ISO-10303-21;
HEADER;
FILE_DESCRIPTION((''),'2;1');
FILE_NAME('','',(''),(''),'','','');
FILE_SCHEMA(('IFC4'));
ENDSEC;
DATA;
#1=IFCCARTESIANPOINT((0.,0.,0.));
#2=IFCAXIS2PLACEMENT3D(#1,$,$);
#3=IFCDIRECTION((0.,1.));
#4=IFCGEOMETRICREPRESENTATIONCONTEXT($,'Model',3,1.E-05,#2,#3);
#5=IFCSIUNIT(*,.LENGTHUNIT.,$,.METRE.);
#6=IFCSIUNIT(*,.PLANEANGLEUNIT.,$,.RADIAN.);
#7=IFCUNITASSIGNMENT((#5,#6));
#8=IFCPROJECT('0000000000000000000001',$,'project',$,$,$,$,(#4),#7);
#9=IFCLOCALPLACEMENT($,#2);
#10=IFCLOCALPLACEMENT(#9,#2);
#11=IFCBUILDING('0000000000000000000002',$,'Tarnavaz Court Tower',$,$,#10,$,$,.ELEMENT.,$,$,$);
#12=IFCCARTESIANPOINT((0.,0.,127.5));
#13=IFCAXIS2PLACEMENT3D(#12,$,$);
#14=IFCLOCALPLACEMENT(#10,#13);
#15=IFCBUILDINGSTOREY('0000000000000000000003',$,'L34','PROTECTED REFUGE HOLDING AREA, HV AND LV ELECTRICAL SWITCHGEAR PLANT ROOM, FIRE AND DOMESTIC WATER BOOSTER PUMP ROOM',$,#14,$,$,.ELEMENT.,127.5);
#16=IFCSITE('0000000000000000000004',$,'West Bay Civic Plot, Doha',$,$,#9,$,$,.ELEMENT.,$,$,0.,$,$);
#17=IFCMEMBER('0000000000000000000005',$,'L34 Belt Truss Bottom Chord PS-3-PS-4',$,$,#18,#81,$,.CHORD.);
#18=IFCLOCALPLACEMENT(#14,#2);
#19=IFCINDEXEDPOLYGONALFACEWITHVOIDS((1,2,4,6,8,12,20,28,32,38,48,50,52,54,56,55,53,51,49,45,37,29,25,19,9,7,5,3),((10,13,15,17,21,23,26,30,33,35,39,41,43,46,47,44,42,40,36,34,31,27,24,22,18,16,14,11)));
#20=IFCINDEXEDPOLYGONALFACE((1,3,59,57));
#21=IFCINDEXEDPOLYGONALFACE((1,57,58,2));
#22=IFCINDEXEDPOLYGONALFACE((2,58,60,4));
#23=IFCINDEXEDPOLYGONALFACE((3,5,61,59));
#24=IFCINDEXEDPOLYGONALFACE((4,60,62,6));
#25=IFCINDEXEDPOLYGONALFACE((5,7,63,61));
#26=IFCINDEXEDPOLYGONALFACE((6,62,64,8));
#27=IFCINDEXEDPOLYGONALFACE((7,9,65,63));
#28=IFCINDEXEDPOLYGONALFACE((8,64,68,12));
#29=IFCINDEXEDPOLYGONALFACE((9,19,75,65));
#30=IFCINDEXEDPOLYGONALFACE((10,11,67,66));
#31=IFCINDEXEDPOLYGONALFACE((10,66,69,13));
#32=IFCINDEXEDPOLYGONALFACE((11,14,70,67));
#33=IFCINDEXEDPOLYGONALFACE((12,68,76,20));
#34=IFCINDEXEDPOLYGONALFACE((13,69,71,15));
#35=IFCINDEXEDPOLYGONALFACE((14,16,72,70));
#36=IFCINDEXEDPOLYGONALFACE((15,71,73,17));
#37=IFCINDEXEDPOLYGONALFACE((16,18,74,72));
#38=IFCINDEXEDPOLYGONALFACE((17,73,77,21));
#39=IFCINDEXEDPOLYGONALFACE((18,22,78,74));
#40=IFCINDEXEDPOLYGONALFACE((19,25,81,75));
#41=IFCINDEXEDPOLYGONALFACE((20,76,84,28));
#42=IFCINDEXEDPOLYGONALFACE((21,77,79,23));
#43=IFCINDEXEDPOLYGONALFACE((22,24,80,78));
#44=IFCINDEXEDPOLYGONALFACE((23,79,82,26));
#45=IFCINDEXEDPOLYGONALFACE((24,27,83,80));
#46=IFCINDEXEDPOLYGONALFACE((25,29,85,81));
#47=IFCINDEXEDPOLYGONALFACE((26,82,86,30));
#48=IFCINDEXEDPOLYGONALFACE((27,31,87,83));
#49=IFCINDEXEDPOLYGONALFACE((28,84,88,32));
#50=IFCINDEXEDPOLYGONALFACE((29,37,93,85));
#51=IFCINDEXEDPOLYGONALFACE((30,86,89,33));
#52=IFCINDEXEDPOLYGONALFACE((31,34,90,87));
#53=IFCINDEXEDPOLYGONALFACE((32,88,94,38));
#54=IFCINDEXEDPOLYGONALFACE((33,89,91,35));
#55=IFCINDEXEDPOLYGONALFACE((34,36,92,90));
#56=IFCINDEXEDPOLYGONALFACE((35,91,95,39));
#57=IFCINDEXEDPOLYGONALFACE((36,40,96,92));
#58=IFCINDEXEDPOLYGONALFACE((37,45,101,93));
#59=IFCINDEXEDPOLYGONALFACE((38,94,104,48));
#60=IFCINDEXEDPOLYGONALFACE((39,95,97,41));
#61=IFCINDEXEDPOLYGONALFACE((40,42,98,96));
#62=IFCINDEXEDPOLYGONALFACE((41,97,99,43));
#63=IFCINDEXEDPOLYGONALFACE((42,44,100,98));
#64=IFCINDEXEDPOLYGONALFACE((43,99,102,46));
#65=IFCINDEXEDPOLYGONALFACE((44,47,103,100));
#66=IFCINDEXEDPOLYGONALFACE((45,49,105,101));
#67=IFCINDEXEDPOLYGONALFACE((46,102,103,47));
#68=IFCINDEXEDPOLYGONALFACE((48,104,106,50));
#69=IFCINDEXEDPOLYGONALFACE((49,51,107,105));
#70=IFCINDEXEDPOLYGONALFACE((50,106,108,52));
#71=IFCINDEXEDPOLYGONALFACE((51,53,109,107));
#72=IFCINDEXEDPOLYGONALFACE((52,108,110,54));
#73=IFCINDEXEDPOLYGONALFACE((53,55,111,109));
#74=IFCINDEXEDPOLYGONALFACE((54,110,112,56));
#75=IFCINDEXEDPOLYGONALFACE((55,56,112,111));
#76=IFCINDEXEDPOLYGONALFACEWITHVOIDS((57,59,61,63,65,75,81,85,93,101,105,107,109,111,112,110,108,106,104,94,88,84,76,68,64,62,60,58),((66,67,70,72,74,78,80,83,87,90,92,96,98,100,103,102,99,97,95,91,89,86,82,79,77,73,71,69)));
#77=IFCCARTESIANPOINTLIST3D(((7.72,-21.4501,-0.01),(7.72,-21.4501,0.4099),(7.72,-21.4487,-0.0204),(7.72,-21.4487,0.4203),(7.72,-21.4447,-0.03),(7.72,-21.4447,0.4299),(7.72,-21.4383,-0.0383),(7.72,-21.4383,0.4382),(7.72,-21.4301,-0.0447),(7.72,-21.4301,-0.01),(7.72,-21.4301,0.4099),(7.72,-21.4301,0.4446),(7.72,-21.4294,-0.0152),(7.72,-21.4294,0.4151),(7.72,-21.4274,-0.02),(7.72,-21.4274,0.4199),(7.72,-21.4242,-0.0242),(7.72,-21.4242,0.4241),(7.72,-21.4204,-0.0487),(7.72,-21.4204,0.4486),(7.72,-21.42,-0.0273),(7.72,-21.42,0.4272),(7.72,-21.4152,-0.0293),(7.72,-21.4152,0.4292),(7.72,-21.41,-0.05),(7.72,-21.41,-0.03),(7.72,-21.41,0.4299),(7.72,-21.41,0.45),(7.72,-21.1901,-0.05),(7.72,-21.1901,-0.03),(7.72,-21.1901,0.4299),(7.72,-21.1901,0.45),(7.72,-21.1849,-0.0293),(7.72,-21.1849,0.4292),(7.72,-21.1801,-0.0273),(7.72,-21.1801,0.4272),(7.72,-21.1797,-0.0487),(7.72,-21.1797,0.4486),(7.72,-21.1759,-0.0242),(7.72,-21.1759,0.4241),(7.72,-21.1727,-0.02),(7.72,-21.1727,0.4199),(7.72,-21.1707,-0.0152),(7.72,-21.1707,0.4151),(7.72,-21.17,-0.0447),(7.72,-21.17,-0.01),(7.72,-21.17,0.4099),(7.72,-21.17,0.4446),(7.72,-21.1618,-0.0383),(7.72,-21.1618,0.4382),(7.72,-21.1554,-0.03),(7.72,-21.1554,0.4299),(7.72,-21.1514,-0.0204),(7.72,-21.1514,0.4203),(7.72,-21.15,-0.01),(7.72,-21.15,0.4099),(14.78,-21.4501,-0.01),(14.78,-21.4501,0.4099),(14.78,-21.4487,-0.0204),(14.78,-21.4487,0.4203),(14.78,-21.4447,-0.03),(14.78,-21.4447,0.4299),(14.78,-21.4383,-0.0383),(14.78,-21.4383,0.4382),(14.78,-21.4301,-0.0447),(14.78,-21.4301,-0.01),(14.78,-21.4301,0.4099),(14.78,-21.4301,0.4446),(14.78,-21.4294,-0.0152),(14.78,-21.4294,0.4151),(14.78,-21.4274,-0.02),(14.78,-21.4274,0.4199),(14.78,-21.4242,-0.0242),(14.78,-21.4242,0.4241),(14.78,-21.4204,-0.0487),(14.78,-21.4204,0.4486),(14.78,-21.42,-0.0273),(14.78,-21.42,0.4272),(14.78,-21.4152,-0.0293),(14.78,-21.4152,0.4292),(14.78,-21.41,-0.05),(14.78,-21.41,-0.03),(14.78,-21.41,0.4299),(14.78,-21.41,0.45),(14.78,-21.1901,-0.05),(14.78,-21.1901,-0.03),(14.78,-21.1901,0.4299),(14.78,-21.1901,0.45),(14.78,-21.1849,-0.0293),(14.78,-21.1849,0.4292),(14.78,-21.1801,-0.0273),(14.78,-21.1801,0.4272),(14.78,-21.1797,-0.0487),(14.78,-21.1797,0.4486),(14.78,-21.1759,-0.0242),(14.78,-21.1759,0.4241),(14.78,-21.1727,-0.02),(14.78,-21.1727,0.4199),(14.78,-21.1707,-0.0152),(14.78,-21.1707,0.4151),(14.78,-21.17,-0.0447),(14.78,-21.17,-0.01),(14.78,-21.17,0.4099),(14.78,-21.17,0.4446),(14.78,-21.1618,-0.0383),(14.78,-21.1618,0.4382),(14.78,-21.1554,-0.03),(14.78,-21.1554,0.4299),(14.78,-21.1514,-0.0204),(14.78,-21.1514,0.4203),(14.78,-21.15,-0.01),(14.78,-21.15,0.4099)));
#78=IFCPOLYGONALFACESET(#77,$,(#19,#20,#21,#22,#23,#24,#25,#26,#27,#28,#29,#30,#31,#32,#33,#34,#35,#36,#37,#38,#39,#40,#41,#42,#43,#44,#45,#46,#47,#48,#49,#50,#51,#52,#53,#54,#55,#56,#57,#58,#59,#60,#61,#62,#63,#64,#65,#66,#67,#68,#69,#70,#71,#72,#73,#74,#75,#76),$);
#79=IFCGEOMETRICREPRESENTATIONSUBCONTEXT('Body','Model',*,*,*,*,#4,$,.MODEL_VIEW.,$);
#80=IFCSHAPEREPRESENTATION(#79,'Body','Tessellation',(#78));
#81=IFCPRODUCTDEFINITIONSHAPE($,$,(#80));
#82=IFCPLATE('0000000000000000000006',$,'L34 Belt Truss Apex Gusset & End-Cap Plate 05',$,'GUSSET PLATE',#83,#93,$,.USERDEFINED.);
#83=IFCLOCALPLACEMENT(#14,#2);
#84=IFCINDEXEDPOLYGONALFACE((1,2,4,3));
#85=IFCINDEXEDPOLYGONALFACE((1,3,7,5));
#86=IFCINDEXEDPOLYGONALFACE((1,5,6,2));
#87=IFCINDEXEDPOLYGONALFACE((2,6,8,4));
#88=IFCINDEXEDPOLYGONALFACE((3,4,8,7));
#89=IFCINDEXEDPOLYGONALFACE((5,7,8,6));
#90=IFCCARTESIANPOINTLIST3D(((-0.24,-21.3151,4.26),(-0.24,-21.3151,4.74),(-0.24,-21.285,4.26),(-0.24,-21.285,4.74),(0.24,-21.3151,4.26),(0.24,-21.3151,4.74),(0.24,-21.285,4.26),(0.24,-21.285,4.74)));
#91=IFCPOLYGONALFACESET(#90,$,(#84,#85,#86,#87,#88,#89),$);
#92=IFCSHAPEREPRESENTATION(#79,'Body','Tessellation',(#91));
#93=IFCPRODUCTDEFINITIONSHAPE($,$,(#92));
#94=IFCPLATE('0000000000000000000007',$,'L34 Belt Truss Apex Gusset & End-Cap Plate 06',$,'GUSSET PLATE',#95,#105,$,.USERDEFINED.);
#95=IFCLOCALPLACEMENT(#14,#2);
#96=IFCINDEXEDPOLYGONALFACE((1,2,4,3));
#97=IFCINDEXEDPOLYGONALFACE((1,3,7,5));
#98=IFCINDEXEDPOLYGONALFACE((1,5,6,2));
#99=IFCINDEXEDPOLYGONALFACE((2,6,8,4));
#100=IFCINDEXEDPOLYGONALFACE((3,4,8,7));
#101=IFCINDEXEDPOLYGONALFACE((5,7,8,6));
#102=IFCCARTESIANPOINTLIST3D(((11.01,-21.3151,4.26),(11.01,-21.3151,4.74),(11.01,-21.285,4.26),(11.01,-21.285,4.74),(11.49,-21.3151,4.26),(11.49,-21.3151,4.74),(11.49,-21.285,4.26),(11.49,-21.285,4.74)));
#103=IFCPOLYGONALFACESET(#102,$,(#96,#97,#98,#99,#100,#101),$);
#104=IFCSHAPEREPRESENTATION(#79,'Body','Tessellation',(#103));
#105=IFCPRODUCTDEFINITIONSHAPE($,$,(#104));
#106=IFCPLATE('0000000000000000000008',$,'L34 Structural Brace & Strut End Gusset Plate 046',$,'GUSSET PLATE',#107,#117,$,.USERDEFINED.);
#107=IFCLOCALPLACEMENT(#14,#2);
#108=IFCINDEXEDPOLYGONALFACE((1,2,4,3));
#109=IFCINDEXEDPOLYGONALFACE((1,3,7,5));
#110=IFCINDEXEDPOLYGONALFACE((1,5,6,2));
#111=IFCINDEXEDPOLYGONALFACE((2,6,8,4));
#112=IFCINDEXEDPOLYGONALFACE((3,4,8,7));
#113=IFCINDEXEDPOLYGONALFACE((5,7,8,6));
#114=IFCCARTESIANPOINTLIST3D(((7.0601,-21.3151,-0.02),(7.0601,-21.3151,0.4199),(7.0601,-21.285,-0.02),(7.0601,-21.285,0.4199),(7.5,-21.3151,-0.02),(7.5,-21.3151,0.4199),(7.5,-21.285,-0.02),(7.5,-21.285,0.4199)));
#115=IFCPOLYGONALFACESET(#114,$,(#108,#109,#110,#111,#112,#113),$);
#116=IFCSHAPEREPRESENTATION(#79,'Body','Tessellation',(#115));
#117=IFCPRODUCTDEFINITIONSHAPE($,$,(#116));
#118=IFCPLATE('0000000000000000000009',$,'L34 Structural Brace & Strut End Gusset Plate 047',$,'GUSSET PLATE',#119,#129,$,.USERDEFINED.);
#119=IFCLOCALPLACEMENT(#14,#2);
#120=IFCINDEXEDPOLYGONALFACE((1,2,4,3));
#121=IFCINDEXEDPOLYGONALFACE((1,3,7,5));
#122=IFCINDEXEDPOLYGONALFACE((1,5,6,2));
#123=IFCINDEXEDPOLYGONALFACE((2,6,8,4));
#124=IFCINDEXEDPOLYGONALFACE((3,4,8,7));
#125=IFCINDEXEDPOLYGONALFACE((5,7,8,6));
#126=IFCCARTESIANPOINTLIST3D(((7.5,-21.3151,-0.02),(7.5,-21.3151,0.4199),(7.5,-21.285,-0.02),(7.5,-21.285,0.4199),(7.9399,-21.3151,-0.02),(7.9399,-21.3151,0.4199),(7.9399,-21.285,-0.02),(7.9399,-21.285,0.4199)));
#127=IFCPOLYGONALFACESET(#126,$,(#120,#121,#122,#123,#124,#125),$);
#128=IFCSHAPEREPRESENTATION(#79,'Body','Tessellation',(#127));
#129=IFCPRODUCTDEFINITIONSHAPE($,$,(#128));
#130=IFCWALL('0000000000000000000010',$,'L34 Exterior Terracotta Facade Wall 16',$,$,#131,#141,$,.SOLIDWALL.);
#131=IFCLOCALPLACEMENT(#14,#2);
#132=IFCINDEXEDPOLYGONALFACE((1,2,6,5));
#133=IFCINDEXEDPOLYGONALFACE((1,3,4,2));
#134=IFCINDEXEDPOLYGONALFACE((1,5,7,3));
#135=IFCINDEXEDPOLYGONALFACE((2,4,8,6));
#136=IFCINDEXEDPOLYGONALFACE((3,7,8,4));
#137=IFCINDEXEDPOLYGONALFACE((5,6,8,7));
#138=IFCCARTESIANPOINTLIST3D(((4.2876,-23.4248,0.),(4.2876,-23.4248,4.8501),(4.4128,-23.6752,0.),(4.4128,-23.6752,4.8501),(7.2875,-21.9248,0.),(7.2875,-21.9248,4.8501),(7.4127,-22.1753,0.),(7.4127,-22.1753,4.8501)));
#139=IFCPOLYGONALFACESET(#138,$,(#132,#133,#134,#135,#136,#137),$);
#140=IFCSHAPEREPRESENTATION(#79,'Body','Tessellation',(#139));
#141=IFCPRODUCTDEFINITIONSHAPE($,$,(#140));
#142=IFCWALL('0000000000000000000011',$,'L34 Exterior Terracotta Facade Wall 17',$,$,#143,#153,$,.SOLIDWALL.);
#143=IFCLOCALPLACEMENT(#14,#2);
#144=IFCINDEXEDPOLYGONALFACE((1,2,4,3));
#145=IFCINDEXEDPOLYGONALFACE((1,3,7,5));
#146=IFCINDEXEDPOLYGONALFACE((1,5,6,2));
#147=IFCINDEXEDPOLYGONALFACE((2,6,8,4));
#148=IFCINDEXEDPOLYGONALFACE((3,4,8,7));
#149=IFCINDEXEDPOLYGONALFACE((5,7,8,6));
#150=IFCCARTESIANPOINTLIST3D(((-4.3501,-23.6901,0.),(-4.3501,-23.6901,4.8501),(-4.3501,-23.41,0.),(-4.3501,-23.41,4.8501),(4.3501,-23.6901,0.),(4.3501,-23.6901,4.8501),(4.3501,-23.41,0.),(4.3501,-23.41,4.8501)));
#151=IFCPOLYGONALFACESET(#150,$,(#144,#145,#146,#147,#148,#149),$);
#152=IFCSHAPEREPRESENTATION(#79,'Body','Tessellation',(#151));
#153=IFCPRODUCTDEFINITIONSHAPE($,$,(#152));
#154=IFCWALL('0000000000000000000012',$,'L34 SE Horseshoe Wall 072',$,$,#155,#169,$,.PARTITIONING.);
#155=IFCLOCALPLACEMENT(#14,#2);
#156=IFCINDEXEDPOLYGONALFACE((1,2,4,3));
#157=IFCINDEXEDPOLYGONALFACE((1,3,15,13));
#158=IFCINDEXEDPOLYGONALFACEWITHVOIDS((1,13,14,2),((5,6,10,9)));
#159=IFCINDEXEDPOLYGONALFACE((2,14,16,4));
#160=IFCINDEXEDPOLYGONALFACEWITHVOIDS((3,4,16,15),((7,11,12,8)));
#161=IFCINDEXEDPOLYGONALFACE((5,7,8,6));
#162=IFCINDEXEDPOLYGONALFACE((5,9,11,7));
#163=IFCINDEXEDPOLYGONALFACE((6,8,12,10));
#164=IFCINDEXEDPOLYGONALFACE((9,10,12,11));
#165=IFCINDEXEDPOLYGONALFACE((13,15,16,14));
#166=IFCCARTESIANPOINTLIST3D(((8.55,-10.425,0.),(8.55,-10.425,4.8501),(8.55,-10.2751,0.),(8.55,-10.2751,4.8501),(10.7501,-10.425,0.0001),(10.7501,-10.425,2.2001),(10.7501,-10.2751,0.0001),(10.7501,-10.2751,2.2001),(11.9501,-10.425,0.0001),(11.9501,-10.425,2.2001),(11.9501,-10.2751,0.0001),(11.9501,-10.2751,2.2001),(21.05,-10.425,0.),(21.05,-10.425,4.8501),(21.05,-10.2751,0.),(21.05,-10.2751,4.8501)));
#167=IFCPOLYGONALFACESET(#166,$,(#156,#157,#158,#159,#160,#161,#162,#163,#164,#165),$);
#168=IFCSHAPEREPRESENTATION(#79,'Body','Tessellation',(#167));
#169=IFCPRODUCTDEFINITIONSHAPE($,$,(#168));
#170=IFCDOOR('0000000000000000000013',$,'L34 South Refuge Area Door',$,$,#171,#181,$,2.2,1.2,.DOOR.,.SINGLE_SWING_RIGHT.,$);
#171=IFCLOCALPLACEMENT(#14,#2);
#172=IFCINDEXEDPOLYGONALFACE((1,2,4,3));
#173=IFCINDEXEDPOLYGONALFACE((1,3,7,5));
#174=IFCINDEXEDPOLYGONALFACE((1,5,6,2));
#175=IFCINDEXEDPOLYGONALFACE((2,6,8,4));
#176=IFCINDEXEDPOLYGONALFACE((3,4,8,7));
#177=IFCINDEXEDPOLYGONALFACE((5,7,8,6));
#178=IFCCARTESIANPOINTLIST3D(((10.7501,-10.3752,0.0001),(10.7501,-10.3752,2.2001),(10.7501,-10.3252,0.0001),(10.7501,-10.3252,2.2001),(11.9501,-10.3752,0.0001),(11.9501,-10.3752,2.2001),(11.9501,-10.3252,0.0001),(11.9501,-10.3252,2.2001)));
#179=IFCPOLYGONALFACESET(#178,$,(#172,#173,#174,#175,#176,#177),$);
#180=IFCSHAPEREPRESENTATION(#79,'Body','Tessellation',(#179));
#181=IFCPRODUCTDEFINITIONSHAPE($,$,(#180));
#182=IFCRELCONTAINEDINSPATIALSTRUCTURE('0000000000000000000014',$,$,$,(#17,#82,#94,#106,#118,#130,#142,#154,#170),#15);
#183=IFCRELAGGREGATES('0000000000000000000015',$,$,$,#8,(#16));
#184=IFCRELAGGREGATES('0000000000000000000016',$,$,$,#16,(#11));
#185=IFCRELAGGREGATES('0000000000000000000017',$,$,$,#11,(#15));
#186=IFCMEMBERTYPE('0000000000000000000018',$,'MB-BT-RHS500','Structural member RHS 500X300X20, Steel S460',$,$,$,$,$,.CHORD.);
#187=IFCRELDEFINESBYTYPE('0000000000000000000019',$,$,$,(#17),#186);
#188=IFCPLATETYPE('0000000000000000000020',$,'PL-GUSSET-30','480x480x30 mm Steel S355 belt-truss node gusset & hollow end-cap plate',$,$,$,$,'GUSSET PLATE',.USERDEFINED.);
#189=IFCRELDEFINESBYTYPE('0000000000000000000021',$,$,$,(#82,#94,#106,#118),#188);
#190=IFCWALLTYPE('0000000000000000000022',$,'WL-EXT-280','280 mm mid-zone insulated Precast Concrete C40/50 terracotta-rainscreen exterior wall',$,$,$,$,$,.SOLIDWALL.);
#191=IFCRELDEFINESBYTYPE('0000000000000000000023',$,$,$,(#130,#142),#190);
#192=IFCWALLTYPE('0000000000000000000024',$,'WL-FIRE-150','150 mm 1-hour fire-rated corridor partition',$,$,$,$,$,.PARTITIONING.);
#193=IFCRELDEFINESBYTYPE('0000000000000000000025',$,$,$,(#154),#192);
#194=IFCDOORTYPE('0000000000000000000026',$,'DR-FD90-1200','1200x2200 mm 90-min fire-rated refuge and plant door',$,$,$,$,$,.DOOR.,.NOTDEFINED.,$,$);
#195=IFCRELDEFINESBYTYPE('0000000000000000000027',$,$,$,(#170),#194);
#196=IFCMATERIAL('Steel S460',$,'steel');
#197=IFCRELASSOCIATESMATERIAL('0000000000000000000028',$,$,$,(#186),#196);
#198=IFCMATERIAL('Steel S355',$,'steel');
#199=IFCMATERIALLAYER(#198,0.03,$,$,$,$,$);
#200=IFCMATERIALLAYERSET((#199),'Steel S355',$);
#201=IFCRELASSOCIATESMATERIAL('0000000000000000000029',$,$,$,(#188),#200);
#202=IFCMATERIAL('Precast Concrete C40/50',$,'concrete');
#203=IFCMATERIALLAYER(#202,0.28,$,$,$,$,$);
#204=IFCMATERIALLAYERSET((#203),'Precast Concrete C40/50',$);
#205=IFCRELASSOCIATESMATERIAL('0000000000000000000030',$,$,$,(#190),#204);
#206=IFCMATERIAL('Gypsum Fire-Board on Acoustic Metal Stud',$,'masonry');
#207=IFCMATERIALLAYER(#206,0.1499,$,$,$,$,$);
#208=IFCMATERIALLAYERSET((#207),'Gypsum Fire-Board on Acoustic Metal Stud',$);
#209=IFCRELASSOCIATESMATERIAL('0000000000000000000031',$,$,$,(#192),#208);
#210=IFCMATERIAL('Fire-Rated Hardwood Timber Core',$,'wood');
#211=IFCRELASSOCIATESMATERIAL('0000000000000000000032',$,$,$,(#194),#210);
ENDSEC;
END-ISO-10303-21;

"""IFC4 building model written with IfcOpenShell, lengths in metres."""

from ifc_helpers import new_model, si_unit, direction, frame, frame_2d, origin, origin_2d, place, context, subcontext, project, spatial, rectangle, hollow_rectangle, extrude, material, layer, layer_set, material_profile, profile_set, type_object, element, fill, save


model = new_model("IFC4")

# Units and contexts
model_context = context("Model", 3, precision=1e-05, world=origin(), true_north=direction((0.0, 1.0)))
body_context = subcontext(model_context, "Body", "Model", "MODEL_VIEW")
ifc_project = project(units=[si_unit("LENGTHUNIT", "METRE"), si_unit("PLANEANGLEUNIT", "RADIAN")], contexts=[model_context])

# Site, building, storey
site_placement = place(None, origin())
site = spatial("IfcSite", under=ifc_project, at=site_placement, Name="West Bay Civic Plot, Doha", CompositionType="ELEMENT", RefElevation=0.0)
building_placement = place(site_placement, origin())
building = spatial("IfcBuilding", under=site, at=building_placement, Name="Tarnavaz Court Tower", CompositionType="ELEMENT")
storey_placement = place(building_placement, frame((0.0, 0.0, 127.5)))
storey = spatial("IfcBuildingStorey", under=building, at=storey_placement, Name="L34", Description="PROTECTED REFUGE HOLDING AREA, HV AND LV ELECTRICAL SWITCHGEAR PLANT ROOM, FIRE AND DOMESTIC WATER BOOSTER PUMP ROOM", CompositionType="ELEMENT", Elevation=127.5)

# Shared definitions
ifc_material_1 = material(Name="Steel S460", Category="steel")

# Shared definitions
ifc_material_2 = material(Name="Steel S355", Category="steel")

# Member
ifc_material_profile_1 = material_profile(ifc_material_1, hollow_rectangle(XDim=0.3, YDim=0.5, WallThickness=0.02, InnerFilletRadius=0.02, OuterFilletRadius=0.04, at=origin_2d()), Name="RHS 500X300X20")
ifc_profile_set_1 = profile_set([ifc_material_profile_1], Name="Steel S460")
member_type_1 = type_object("IfcMemberType", Name="MB-BT-RHS500", Description="Structural member RHS 500X300X20, Steel S460", PredefinedType="CHORD", material=ifc_profile_set_1)
member_1_placement = place(storey_placement, frame((7.72, -21.3, 0.2), z_axis=(1.0, 0.0, 0.0), x_axis=(0.0, 1.0, 0.0)))
element("IfcMember", 1, at=member_1_placement, inside=storey, type_object=member_type_1, Name="L34 Belt Truss Bottom Chord PS-3-PS-4", PredefinedType="CHORD", context=body_context, shape_type="SweptSolid", body=[
    extrude(hollow_rectangle(XDim=0.3, YDim=0.5, WallThickness=0.02, InnerFilletRadius=0.02, OuterFilletRadius=0.04, at=origin_2d()), origin(), (0.0, 0.0, 1.0), 7.0601),
])

# Plates
ifc_layer_1 = layer(ifc_material_2, 0.03)
ifc_layer_set_1 = layer_set([ifc_layer_1], Name="Steel S355")
plate_type = type_object("IfcPlateType", Name="PL-GUSSET-30", Description="480x480x30 mm Steel S355 belt-truss node gusset & hollow end-cap plate", ElementType="GUSSET PLATE", PredefinedType="USERDEFINED", material=ifc_layer_set_1)
for number, where, z_axis, x_axis, name in (
    (2, (0.0, -21.3, 4.26), (0.0, 0.0, 1.0), (1.0, 0.0, 0.0), "L34 Belt Truss Apex Gusset & End-Cap Plate 05"),
    (3, (11.25, -21.3, 4.26), (0.0, 0.0, 1.0), (1.0, 0.0, 0.0), "L34 Belt Truss Apex Gusset & End-Cap Plate 06"),
):
    element("IfcPlate", number, at=place(storey_placement, frame(where, z_axis=z_axis, x_axis=x_axis)), inside=storey, type_object=plate_type, Name=name, ObjectType="GUSSET PLATE", PredefinedType="USERDEFINED", context=body_context, shape_type="SweptSolid", body=[
        extrude(rectangle(XDim=0.48, YDim=0.03, at=origin_2d()), origin(), (0.0, 0.0, 1.0), 0.48),
    ])
for number, where, z_axis, x_axis, name in (
    (4, (7.28, -21.3, -0.02), (0.0, 0.0, 1.0), (1.0, 0.0, 0.0), "L34 Structural Brace & Strut End Gusset Plate 046"),
    (5, (7.72, -21.3, -0.02), (0.0, 0.0, 1.0), (1.0, 0.0, 0.0), "L34 Structural Brace & Strut End Gusset Plate 047"),
):
    element("IfcPlate", number, at=place(storey_placement, frame(where, z_axis=z_axis, x_axis=x_axis)), inside=storey, type_object=plate_type, Name=name, ObjectType="GUSSET PLATE", PredefinedType="USERDEFINED", context=body_context, shape_type="SweptSolid", body=[
        extrude(rectangle(XDim=0.4399, YDim=0.03, at=origin_2d()), origin(), (0.0, 0.0, 1.0), 0.4399),
    ])

# Walls
ifc_material_3 = material(Name="Precast Concrete C40/50", Category="concrete")
ifc_layer_2 = layer(ifc_material_3, 0.28)
ifc_layer_set_2 = layer_set([ifc_layer_2], Name="Precast Concrete C40/50")
wall_type_1 = type_object("IfcWallType", Name="WL-EXT-280", Description="280 mm mid-zone insulated Precast Concrete C40/50 terracotta-rainscreen exterior wall", PredefinedType="SOLIDWALL", material=ifc_layer_set_2)
wall_1_placement = place(storey_placement, frame((7.3501, -22.05, 0.0), z_axis=(0.0, 0.0, 1.0), x_axis=(-0.894427, -0.447214, 0.0)))
element("IfcWall", 6, at=wall_1_placement, inside=storey, type_object=wall_type_1, Name="L34 Exterior Terracotta Facade Wall 16", PredefinedType="SOLIDWALL", context=body_context, shape_type="SweptSolid", body=[
    extrude(rectangle(XDim=3.354, YDim=0.28, at=frame_2d((1.677, 0.0))), origin(), (0.0, 0.0, 1.0), 4.8501),
])
wall_2_placement = place(storey_placement, frame((4.3501, -23.55, 0.0), z_axis=(0.0, 0.0, 1.0), x_axis=(-1.0, 0.0, 0.0)))
element("IfcWall", 7, at=wall_2_placement, inside=storey, type_object=wall_type_1, Name="L34 Exterior Terracotta Facade Wall 17", PredefinedType="SOLIDWALL", context=body_context, shape_type="SweptSolid", body=[
    extrude(rectangle(XDim=8.7002, YDim=0.28, at=frame_2d((4.3501, 0.0))), origin(), (0.0, 0.0, 1.0), 4.8501),
])

# Wall, opening, door
ifc_material_4 = material(Name="Gypsum Fire-Board on Acoustic Metal Stud", Category="masonry")
ifc_layer_3 = layer(ifc_material_4, 0.1499)
ifc_layer_set_3 = layer_set([ifc_layer_3], Name="Gypsum Fire-Board on Acoustic Metal Stud")
wall_type_2 = type_object("IfcWallType", Name="WL-FIRE-150", Description="150 mm 1-hour fire-rated corridor partition", PredefinedType="PARTITIONING", material=ifc_layer_set_3)
wall_3_placement = place(storey_placement, frame((8.55, -10.3501, 0.0), z_axis=(0.0, 0.0, 1.0), x_axis=(1.0, 0.0, 0.0)))
wall_3 = element("IfcWall", 8, at=wall_3_placement, inside=storey, type_object=wall_type_2, Name="L34 SE Horseshoe Wall 072", PredefinedType="PARTITIONING", context=body_context, shape_type="SweptSolid", body=[
    extrude(rectangle(XDim=12.5, YDim=0.1499, at=frame_2d((6.25, 0.0))), origin(), (0.0, 0.0, 1.0), 4.8501),
])
opening_placement = place(wall_3_placement, frame((2.2, 0.0, 0.0)))
opening = element("IfcOpeningElement", 9, at=opening_placement, cuts=wall_3, PredefinedType="OPENING", context=body_context, shape_type="SweptSolid", body=[
    extrude(rectangle(XDim=1.2, YDim=2.2, at=frame_2d((0.6001, 1.1001))), frame((0.0, 0.085, 0.0), z_axis=(0.0, -1.0, 0.0), x_axis=(1.0, 0.0, 0.0)), (0.0, 0.0, 1.0), 0.1699),
])
ifc_material_5 = material(Name="Fire-Rated Hardwood Timber Core", Category="wood")
door_type = type_object("IfcDoorType", Name="DR-FD90-1200", Description="1200x2200 mm 90-min fire-rated refuge and plant door", OperationType="NOTDEFINED", PredefinedType="DOOR", material=ifc_material_5)
door_placement = place(opening_placement, origin())
door = element("IfcDoor", 10, at=door_placement, inside=storey, type_object=door_type, Name="L34 South Refuge Area Door", OperationType="SINGLE_SWING_RIGHT", OverallHeight=2.2, OverallWidth=1.2, PredefinedType="DOOR", context=body_context, shape_type="SweptSolid", body=[
    extrude(rectangle(XDim=1.2, YDim=2.2, at=frame_2d((0.6001, 1.1001))), frame((0.0, 0.0249, 0.0), z_axis=(0.0, -1.0, 0.0), x_axis=(1.0, 0.0, 0.0)), (0.0, 0.0, 1.0), 0.05),
])
fill(opening, door)

save(model, "model.ifc")
